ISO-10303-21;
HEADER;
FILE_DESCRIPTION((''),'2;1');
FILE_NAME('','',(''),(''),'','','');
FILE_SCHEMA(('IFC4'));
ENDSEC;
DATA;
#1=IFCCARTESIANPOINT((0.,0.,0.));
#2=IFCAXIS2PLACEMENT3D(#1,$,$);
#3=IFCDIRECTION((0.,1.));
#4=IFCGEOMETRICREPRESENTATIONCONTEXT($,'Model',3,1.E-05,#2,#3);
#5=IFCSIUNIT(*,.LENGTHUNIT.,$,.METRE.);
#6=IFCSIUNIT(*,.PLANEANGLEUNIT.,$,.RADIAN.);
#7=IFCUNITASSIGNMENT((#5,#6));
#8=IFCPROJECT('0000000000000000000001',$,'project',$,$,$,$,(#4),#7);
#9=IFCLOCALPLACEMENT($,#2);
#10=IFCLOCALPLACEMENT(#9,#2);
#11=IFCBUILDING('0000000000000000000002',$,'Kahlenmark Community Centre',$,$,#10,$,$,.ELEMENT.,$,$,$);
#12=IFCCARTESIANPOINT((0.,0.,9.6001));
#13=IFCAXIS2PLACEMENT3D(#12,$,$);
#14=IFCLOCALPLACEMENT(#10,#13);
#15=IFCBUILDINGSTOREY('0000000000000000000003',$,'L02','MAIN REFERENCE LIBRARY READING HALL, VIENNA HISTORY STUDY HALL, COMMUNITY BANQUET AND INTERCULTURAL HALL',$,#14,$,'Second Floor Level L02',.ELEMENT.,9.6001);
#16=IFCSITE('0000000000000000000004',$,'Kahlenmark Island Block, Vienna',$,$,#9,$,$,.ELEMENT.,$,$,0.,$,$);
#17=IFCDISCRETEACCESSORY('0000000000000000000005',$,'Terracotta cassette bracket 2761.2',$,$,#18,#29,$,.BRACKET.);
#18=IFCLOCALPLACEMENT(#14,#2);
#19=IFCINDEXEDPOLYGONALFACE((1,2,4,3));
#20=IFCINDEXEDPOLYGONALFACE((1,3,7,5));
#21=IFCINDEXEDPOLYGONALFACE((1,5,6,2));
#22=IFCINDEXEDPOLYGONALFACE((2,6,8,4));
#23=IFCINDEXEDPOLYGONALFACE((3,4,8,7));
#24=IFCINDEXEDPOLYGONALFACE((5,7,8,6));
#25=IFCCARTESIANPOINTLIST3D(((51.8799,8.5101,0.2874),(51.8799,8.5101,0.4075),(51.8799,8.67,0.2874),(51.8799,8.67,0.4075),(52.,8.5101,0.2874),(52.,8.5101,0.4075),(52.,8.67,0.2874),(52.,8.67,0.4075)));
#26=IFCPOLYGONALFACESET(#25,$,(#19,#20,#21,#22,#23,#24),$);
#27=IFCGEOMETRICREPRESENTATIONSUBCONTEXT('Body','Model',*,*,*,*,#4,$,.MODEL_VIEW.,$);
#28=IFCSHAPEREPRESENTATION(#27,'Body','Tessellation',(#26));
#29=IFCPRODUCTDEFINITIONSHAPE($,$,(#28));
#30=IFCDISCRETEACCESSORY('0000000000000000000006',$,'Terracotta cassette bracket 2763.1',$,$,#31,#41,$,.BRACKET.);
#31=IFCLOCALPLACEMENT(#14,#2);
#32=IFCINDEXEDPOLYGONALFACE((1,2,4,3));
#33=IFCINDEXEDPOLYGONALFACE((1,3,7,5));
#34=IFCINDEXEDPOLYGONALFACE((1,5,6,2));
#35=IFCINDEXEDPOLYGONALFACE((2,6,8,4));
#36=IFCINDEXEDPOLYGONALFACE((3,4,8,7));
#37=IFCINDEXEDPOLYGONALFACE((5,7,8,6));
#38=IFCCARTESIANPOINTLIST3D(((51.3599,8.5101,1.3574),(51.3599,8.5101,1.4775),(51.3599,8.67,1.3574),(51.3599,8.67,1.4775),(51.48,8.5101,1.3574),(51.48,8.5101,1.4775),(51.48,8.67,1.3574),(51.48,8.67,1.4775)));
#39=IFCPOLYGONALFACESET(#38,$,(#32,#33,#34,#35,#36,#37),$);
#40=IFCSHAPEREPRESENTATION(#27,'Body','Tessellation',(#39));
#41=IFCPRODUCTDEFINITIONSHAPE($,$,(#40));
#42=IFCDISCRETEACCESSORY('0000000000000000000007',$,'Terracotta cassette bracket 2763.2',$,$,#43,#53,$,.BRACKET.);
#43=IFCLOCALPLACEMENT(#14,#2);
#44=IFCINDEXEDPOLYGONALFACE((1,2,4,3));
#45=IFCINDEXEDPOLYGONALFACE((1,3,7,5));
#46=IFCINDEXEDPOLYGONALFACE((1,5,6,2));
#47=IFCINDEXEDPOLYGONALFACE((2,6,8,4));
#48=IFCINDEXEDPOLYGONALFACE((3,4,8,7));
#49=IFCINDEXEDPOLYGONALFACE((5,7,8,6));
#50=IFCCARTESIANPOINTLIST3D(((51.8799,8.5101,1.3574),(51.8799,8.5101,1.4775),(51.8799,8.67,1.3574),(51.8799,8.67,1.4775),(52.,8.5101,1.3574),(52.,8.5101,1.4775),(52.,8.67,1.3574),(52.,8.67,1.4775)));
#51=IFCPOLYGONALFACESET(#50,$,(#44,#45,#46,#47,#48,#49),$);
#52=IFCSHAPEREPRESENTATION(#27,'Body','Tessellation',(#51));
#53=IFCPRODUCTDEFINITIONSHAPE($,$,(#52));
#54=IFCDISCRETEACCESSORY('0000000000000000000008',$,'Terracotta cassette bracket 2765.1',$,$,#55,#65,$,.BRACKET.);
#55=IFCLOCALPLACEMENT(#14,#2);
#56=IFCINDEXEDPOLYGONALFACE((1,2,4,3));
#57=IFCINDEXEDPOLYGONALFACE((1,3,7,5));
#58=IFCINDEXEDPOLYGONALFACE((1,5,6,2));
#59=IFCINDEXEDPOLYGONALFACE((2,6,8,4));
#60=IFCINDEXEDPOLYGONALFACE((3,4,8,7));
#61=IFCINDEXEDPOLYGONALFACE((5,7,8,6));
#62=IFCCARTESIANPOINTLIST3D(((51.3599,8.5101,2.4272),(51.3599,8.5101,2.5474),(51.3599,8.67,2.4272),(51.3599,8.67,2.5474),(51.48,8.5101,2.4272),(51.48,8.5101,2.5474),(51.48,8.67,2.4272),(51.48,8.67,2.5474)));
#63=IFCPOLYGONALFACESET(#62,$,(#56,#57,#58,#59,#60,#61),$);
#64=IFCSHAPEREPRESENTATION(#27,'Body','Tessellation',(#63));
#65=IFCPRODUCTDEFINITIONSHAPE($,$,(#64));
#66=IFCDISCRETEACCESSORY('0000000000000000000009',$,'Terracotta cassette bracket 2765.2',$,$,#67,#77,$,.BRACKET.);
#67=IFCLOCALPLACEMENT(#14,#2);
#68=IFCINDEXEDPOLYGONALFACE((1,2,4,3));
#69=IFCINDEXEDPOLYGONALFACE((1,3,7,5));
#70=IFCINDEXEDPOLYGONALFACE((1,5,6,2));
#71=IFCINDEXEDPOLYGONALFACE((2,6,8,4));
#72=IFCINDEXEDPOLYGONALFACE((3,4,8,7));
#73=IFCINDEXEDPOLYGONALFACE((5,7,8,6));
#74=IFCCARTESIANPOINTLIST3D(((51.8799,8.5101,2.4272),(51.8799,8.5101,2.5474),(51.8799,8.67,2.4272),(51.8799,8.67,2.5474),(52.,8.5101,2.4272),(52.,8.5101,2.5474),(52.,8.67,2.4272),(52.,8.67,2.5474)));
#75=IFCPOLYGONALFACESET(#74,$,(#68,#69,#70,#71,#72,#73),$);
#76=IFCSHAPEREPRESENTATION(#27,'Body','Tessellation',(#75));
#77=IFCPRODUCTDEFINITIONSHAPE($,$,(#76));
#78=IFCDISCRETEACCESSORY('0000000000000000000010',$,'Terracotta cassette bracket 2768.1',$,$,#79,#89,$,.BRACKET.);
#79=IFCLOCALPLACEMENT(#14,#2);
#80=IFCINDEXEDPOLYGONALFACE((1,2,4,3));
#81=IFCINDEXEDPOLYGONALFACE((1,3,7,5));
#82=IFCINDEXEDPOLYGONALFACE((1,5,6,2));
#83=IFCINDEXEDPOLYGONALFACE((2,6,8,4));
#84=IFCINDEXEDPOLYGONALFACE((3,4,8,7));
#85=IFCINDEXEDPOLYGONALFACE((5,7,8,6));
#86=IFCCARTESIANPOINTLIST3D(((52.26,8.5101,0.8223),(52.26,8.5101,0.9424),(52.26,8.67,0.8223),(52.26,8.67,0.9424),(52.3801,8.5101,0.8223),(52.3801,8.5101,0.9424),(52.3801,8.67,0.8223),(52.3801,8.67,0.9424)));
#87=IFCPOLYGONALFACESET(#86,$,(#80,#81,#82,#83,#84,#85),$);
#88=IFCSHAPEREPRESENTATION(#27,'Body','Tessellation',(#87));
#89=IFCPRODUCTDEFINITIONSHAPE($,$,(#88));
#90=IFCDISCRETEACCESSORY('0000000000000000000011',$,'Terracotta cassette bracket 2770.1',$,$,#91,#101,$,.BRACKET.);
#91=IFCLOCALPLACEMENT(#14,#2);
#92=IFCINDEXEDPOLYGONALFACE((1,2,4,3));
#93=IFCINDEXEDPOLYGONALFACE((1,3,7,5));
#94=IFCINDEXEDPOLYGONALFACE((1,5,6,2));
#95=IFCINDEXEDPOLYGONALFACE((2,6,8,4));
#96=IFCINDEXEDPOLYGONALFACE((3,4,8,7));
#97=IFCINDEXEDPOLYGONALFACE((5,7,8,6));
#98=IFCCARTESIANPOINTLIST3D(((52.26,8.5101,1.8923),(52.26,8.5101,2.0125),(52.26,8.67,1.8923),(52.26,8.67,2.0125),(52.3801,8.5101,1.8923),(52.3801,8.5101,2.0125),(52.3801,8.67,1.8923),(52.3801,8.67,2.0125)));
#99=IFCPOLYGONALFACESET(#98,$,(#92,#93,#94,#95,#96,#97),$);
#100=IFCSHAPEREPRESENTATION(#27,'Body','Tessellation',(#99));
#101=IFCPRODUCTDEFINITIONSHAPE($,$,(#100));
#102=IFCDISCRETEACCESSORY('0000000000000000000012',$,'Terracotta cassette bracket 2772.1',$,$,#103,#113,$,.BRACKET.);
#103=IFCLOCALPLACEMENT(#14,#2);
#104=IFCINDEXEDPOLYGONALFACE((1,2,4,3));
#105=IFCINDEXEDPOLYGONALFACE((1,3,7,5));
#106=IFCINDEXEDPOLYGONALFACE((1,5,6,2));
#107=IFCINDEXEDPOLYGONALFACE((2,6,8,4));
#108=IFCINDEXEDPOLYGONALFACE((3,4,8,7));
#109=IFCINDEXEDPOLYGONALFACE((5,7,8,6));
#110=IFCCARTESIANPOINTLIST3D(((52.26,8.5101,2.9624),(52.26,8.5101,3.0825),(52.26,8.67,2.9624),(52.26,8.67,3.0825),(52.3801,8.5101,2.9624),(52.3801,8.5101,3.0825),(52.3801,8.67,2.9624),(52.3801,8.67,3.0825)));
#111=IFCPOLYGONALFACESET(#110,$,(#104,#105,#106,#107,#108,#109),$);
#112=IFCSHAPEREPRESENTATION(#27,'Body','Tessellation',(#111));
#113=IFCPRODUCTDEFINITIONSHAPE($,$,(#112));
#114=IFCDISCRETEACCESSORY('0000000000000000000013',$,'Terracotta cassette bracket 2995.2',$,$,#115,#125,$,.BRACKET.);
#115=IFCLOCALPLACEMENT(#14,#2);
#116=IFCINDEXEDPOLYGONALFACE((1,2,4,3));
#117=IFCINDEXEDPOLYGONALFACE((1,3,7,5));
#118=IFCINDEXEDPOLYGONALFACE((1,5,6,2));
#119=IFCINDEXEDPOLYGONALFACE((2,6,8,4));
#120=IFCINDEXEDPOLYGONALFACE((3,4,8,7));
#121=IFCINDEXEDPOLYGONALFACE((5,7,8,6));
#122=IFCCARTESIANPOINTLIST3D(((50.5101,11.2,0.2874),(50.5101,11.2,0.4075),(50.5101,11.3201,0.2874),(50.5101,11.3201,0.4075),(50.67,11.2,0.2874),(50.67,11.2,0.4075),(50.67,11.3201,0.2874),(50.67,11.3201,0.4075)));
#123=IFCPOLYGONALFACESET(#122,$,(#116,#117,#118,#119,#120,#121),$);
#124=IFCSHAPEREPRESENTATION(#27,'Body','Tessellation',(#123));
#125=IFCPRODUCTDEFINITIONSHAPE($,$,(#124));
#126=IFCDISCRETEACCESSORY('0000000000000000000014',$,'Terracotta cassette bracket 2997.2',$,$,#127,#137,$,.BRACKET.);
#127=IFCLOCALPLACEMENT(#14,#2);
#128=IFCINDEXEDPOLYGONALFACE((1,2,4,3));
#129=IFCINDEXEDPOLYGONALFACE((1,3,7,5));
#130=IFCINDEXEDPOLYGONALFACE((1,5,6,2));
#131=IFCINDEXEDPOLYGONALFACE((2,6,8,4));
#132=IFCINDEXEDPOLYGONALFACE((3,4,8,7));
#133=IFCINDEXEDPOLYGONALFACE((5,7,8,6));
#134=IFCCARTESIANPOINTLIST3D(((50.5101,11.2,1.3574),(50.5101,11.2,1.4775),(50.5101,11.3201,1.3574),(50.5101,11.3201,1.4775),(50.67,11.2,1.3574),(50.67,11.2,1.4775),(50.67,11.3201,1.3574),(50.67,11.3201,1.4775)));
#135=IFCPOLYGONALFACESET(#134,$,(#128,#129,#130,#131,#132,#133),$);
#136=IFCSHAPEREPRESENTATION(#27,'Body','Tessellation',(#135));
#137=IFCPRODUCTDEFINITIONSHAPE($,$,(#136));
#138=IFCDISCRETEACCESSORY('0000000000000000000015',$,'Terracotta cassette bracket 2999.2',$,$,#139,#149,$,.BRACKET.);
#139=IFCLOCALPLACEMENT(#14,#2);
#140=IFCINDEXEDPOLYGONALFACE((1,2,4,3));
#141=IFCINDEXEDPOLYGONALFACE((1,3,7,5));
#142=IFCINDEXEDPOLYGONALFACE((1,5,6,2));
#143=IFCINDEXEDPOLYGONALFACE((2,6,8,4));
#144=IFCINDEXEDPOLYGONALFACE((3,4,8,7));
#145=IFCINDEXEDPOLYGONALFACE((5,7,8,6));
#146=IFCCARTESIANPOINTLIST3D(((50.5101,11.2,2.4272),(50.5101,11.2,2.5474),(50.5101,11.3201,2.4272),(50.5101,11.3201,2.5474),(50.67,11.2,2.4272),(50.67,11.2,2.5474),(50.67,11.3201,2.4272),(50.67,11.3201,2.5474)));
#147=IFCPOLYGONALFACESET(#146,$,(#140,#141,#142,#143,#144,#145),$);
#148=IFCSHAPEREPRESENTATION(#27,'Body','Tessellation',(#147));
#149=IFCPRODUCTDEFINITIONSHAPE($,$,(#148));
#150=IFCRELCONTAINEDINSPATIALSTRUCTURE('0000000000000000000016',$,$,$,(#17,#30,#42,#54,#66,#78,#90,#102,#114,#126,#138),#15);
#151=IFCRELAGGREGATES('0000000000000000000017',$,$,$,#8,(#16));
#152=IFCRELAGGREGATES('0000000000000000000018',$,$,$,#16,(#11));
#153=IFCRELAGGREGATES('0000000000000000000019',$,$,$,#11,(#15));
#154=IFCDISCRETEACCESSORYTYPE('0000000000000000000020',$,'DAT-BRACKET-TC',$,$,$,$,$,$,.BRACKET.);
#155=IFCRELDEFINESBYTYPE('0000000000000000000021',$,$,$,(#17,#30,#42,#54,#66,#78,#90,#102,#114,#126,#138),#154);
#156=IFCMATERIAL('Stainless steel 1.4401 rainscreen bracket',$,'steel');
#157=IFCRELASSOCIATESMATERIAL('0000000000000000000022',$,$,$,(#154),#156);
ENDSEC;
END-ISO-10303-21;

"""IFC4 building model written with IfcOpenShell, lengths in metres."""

from ifc_helpers import new_model, si_unit, direction, frame, origin, origin_2d, place, context, subcontext, project, spatial, rectangle, extrude, material, type_object, element, save


model = new_model("IFC4")

# Units and contexts
model_context = context("Model", 3, precision=1e-05, world=origin(), true_north=direction((0.0, 1.0)))
body_context = subcontext(model_context, "Body", "Model", "MODEL_VIEW")
ifc_project = project(units=[si_unit("LENGTHUNIT", "METRE"), si_unit("PLANEANGLEUNIT", "RADIAN")], contexts=[model_context])

# Site, building, storey
site_placement = place(None, origin())
site = spatial("IfcSite", under=ifc_project, at=site_placement, Name="Kahlenmark Island Block, Vienna", CompositionType="ELEMENT", RefElevation=0.0)
building_placement = place(site_placement, origin())
building = spatial("IfcBuilding", under=site, at=building_placement, Name="Kahlenmark Community Centre", CompositionType="ELEMENT")
storey_placement = place(building_placement, frame((0.0, 0.0, 9.6001)))
storey = spatial("IfcBuildingStorey", under=building, at=storey_placement, Name="L02", Description="MAIN REFERENCE LIBRARY READING HALL, VIENNA HISTORY STUDY HALL, COMMUNITY BANQUET AND INTERCULTURAL HALL", LongName="Second Floor Level L02", CompositionType="ELEMENT", Elevation=9.6001)

# Discrete accessories
ifc_material_1 = material(Name="Stainless steel 1.4401 rainscreen bracket", Category="steel")
discrete_accessory_type = type_object("IfcDiscreteAccessoryType", Name="DAT-BRACKET-TC", PredefinedType="BRACKET", material=ifc_material_1)
for number, where, z_axis, x_axis, name in (
    (1, (51.9399, 8.5901, 0.2874), (0.0, 0.0, 1.0), (1.0, 0.0, 0.0), "Terracotta cassette bracket 2761.2"),
    (2, (51.4199, 8.5901, 1.3574), (0.0, 0.0, 1.0), (1.0, 0.0, 0.0), "Terracotta cassette bracket 2763.1"),
    (3, (51.9399, 8.5901, 1.3574), (0.0, 0.0, 1.0), (1.0, 0.0, 0.0), "Terracotta cassette bracket 2763.2"),
    (4, (51.4199, 8.5901, 2.4272), (0.0, 0.0, 1.0), (1.0, 0.0, 0.0), "Terracotta cassette bracket 2765.1"),
    (5, (51.9399, 8.5901, 2.4272), (0.0, 0.0, 1.0), (1.0, 0.0, 0.0), "Terracotta cassette bracket 2765.2"),
    (6, (52.3201, 8.5901, 0.8223), (0.0, 0.0, 1.0), (1.0, 0.0, 0.0), "Terracotta cassette bracket 2768.1"),
    (7, (52.3201, 8.5901, 1.8923), (0.0, 0.0, 1.0), (1.0, 0.0, 0.0), "Terracotta cassette bracket 2770.1"),
    (8, (52.3201, 8.5901, 2.9624), (0.0, 0.0, 1.0), (1.0, 0.0, 0.0), "Terracotta cassette bracket 2772.1"),
    (9, (50.5901, 11.26, 0.2874), (0.0, 0.0, 1.0), (0.0, -1.0, 0.0), "Terracotta cassette bracket 2995.2"),
    (10, (50.5901, 11.26, 1.3574), (0.0, 0.0, 1.0), (0.0, -1.0, 0.0), "Terracotta cassette bracket 2997.2"),
    (11, (50.5901, 11.26, 2.4272), (0.0, 0.0, 1.0), (0.0, -1.0, 0.0), "Terracotta cassette bracket 2999.2"),
):
    element("IfcDiscreteAccessory", number, at=place(storey_placement, frame(where, z_axis=z_axis, x_axis=x_axis)), inside=storey, type_object=discrete_accessory_type, Name=name, PredefinedType="BRACKET", context=body_context, shape_type="SweptSolid", body=[
        extrude(rectangle(XDim=0.1201, YDim=0.1599, at=origin_2d()), origin(), (0.0, 0.0, 1.0), 0.1201),
    ])

save(model, "model.ifc")
